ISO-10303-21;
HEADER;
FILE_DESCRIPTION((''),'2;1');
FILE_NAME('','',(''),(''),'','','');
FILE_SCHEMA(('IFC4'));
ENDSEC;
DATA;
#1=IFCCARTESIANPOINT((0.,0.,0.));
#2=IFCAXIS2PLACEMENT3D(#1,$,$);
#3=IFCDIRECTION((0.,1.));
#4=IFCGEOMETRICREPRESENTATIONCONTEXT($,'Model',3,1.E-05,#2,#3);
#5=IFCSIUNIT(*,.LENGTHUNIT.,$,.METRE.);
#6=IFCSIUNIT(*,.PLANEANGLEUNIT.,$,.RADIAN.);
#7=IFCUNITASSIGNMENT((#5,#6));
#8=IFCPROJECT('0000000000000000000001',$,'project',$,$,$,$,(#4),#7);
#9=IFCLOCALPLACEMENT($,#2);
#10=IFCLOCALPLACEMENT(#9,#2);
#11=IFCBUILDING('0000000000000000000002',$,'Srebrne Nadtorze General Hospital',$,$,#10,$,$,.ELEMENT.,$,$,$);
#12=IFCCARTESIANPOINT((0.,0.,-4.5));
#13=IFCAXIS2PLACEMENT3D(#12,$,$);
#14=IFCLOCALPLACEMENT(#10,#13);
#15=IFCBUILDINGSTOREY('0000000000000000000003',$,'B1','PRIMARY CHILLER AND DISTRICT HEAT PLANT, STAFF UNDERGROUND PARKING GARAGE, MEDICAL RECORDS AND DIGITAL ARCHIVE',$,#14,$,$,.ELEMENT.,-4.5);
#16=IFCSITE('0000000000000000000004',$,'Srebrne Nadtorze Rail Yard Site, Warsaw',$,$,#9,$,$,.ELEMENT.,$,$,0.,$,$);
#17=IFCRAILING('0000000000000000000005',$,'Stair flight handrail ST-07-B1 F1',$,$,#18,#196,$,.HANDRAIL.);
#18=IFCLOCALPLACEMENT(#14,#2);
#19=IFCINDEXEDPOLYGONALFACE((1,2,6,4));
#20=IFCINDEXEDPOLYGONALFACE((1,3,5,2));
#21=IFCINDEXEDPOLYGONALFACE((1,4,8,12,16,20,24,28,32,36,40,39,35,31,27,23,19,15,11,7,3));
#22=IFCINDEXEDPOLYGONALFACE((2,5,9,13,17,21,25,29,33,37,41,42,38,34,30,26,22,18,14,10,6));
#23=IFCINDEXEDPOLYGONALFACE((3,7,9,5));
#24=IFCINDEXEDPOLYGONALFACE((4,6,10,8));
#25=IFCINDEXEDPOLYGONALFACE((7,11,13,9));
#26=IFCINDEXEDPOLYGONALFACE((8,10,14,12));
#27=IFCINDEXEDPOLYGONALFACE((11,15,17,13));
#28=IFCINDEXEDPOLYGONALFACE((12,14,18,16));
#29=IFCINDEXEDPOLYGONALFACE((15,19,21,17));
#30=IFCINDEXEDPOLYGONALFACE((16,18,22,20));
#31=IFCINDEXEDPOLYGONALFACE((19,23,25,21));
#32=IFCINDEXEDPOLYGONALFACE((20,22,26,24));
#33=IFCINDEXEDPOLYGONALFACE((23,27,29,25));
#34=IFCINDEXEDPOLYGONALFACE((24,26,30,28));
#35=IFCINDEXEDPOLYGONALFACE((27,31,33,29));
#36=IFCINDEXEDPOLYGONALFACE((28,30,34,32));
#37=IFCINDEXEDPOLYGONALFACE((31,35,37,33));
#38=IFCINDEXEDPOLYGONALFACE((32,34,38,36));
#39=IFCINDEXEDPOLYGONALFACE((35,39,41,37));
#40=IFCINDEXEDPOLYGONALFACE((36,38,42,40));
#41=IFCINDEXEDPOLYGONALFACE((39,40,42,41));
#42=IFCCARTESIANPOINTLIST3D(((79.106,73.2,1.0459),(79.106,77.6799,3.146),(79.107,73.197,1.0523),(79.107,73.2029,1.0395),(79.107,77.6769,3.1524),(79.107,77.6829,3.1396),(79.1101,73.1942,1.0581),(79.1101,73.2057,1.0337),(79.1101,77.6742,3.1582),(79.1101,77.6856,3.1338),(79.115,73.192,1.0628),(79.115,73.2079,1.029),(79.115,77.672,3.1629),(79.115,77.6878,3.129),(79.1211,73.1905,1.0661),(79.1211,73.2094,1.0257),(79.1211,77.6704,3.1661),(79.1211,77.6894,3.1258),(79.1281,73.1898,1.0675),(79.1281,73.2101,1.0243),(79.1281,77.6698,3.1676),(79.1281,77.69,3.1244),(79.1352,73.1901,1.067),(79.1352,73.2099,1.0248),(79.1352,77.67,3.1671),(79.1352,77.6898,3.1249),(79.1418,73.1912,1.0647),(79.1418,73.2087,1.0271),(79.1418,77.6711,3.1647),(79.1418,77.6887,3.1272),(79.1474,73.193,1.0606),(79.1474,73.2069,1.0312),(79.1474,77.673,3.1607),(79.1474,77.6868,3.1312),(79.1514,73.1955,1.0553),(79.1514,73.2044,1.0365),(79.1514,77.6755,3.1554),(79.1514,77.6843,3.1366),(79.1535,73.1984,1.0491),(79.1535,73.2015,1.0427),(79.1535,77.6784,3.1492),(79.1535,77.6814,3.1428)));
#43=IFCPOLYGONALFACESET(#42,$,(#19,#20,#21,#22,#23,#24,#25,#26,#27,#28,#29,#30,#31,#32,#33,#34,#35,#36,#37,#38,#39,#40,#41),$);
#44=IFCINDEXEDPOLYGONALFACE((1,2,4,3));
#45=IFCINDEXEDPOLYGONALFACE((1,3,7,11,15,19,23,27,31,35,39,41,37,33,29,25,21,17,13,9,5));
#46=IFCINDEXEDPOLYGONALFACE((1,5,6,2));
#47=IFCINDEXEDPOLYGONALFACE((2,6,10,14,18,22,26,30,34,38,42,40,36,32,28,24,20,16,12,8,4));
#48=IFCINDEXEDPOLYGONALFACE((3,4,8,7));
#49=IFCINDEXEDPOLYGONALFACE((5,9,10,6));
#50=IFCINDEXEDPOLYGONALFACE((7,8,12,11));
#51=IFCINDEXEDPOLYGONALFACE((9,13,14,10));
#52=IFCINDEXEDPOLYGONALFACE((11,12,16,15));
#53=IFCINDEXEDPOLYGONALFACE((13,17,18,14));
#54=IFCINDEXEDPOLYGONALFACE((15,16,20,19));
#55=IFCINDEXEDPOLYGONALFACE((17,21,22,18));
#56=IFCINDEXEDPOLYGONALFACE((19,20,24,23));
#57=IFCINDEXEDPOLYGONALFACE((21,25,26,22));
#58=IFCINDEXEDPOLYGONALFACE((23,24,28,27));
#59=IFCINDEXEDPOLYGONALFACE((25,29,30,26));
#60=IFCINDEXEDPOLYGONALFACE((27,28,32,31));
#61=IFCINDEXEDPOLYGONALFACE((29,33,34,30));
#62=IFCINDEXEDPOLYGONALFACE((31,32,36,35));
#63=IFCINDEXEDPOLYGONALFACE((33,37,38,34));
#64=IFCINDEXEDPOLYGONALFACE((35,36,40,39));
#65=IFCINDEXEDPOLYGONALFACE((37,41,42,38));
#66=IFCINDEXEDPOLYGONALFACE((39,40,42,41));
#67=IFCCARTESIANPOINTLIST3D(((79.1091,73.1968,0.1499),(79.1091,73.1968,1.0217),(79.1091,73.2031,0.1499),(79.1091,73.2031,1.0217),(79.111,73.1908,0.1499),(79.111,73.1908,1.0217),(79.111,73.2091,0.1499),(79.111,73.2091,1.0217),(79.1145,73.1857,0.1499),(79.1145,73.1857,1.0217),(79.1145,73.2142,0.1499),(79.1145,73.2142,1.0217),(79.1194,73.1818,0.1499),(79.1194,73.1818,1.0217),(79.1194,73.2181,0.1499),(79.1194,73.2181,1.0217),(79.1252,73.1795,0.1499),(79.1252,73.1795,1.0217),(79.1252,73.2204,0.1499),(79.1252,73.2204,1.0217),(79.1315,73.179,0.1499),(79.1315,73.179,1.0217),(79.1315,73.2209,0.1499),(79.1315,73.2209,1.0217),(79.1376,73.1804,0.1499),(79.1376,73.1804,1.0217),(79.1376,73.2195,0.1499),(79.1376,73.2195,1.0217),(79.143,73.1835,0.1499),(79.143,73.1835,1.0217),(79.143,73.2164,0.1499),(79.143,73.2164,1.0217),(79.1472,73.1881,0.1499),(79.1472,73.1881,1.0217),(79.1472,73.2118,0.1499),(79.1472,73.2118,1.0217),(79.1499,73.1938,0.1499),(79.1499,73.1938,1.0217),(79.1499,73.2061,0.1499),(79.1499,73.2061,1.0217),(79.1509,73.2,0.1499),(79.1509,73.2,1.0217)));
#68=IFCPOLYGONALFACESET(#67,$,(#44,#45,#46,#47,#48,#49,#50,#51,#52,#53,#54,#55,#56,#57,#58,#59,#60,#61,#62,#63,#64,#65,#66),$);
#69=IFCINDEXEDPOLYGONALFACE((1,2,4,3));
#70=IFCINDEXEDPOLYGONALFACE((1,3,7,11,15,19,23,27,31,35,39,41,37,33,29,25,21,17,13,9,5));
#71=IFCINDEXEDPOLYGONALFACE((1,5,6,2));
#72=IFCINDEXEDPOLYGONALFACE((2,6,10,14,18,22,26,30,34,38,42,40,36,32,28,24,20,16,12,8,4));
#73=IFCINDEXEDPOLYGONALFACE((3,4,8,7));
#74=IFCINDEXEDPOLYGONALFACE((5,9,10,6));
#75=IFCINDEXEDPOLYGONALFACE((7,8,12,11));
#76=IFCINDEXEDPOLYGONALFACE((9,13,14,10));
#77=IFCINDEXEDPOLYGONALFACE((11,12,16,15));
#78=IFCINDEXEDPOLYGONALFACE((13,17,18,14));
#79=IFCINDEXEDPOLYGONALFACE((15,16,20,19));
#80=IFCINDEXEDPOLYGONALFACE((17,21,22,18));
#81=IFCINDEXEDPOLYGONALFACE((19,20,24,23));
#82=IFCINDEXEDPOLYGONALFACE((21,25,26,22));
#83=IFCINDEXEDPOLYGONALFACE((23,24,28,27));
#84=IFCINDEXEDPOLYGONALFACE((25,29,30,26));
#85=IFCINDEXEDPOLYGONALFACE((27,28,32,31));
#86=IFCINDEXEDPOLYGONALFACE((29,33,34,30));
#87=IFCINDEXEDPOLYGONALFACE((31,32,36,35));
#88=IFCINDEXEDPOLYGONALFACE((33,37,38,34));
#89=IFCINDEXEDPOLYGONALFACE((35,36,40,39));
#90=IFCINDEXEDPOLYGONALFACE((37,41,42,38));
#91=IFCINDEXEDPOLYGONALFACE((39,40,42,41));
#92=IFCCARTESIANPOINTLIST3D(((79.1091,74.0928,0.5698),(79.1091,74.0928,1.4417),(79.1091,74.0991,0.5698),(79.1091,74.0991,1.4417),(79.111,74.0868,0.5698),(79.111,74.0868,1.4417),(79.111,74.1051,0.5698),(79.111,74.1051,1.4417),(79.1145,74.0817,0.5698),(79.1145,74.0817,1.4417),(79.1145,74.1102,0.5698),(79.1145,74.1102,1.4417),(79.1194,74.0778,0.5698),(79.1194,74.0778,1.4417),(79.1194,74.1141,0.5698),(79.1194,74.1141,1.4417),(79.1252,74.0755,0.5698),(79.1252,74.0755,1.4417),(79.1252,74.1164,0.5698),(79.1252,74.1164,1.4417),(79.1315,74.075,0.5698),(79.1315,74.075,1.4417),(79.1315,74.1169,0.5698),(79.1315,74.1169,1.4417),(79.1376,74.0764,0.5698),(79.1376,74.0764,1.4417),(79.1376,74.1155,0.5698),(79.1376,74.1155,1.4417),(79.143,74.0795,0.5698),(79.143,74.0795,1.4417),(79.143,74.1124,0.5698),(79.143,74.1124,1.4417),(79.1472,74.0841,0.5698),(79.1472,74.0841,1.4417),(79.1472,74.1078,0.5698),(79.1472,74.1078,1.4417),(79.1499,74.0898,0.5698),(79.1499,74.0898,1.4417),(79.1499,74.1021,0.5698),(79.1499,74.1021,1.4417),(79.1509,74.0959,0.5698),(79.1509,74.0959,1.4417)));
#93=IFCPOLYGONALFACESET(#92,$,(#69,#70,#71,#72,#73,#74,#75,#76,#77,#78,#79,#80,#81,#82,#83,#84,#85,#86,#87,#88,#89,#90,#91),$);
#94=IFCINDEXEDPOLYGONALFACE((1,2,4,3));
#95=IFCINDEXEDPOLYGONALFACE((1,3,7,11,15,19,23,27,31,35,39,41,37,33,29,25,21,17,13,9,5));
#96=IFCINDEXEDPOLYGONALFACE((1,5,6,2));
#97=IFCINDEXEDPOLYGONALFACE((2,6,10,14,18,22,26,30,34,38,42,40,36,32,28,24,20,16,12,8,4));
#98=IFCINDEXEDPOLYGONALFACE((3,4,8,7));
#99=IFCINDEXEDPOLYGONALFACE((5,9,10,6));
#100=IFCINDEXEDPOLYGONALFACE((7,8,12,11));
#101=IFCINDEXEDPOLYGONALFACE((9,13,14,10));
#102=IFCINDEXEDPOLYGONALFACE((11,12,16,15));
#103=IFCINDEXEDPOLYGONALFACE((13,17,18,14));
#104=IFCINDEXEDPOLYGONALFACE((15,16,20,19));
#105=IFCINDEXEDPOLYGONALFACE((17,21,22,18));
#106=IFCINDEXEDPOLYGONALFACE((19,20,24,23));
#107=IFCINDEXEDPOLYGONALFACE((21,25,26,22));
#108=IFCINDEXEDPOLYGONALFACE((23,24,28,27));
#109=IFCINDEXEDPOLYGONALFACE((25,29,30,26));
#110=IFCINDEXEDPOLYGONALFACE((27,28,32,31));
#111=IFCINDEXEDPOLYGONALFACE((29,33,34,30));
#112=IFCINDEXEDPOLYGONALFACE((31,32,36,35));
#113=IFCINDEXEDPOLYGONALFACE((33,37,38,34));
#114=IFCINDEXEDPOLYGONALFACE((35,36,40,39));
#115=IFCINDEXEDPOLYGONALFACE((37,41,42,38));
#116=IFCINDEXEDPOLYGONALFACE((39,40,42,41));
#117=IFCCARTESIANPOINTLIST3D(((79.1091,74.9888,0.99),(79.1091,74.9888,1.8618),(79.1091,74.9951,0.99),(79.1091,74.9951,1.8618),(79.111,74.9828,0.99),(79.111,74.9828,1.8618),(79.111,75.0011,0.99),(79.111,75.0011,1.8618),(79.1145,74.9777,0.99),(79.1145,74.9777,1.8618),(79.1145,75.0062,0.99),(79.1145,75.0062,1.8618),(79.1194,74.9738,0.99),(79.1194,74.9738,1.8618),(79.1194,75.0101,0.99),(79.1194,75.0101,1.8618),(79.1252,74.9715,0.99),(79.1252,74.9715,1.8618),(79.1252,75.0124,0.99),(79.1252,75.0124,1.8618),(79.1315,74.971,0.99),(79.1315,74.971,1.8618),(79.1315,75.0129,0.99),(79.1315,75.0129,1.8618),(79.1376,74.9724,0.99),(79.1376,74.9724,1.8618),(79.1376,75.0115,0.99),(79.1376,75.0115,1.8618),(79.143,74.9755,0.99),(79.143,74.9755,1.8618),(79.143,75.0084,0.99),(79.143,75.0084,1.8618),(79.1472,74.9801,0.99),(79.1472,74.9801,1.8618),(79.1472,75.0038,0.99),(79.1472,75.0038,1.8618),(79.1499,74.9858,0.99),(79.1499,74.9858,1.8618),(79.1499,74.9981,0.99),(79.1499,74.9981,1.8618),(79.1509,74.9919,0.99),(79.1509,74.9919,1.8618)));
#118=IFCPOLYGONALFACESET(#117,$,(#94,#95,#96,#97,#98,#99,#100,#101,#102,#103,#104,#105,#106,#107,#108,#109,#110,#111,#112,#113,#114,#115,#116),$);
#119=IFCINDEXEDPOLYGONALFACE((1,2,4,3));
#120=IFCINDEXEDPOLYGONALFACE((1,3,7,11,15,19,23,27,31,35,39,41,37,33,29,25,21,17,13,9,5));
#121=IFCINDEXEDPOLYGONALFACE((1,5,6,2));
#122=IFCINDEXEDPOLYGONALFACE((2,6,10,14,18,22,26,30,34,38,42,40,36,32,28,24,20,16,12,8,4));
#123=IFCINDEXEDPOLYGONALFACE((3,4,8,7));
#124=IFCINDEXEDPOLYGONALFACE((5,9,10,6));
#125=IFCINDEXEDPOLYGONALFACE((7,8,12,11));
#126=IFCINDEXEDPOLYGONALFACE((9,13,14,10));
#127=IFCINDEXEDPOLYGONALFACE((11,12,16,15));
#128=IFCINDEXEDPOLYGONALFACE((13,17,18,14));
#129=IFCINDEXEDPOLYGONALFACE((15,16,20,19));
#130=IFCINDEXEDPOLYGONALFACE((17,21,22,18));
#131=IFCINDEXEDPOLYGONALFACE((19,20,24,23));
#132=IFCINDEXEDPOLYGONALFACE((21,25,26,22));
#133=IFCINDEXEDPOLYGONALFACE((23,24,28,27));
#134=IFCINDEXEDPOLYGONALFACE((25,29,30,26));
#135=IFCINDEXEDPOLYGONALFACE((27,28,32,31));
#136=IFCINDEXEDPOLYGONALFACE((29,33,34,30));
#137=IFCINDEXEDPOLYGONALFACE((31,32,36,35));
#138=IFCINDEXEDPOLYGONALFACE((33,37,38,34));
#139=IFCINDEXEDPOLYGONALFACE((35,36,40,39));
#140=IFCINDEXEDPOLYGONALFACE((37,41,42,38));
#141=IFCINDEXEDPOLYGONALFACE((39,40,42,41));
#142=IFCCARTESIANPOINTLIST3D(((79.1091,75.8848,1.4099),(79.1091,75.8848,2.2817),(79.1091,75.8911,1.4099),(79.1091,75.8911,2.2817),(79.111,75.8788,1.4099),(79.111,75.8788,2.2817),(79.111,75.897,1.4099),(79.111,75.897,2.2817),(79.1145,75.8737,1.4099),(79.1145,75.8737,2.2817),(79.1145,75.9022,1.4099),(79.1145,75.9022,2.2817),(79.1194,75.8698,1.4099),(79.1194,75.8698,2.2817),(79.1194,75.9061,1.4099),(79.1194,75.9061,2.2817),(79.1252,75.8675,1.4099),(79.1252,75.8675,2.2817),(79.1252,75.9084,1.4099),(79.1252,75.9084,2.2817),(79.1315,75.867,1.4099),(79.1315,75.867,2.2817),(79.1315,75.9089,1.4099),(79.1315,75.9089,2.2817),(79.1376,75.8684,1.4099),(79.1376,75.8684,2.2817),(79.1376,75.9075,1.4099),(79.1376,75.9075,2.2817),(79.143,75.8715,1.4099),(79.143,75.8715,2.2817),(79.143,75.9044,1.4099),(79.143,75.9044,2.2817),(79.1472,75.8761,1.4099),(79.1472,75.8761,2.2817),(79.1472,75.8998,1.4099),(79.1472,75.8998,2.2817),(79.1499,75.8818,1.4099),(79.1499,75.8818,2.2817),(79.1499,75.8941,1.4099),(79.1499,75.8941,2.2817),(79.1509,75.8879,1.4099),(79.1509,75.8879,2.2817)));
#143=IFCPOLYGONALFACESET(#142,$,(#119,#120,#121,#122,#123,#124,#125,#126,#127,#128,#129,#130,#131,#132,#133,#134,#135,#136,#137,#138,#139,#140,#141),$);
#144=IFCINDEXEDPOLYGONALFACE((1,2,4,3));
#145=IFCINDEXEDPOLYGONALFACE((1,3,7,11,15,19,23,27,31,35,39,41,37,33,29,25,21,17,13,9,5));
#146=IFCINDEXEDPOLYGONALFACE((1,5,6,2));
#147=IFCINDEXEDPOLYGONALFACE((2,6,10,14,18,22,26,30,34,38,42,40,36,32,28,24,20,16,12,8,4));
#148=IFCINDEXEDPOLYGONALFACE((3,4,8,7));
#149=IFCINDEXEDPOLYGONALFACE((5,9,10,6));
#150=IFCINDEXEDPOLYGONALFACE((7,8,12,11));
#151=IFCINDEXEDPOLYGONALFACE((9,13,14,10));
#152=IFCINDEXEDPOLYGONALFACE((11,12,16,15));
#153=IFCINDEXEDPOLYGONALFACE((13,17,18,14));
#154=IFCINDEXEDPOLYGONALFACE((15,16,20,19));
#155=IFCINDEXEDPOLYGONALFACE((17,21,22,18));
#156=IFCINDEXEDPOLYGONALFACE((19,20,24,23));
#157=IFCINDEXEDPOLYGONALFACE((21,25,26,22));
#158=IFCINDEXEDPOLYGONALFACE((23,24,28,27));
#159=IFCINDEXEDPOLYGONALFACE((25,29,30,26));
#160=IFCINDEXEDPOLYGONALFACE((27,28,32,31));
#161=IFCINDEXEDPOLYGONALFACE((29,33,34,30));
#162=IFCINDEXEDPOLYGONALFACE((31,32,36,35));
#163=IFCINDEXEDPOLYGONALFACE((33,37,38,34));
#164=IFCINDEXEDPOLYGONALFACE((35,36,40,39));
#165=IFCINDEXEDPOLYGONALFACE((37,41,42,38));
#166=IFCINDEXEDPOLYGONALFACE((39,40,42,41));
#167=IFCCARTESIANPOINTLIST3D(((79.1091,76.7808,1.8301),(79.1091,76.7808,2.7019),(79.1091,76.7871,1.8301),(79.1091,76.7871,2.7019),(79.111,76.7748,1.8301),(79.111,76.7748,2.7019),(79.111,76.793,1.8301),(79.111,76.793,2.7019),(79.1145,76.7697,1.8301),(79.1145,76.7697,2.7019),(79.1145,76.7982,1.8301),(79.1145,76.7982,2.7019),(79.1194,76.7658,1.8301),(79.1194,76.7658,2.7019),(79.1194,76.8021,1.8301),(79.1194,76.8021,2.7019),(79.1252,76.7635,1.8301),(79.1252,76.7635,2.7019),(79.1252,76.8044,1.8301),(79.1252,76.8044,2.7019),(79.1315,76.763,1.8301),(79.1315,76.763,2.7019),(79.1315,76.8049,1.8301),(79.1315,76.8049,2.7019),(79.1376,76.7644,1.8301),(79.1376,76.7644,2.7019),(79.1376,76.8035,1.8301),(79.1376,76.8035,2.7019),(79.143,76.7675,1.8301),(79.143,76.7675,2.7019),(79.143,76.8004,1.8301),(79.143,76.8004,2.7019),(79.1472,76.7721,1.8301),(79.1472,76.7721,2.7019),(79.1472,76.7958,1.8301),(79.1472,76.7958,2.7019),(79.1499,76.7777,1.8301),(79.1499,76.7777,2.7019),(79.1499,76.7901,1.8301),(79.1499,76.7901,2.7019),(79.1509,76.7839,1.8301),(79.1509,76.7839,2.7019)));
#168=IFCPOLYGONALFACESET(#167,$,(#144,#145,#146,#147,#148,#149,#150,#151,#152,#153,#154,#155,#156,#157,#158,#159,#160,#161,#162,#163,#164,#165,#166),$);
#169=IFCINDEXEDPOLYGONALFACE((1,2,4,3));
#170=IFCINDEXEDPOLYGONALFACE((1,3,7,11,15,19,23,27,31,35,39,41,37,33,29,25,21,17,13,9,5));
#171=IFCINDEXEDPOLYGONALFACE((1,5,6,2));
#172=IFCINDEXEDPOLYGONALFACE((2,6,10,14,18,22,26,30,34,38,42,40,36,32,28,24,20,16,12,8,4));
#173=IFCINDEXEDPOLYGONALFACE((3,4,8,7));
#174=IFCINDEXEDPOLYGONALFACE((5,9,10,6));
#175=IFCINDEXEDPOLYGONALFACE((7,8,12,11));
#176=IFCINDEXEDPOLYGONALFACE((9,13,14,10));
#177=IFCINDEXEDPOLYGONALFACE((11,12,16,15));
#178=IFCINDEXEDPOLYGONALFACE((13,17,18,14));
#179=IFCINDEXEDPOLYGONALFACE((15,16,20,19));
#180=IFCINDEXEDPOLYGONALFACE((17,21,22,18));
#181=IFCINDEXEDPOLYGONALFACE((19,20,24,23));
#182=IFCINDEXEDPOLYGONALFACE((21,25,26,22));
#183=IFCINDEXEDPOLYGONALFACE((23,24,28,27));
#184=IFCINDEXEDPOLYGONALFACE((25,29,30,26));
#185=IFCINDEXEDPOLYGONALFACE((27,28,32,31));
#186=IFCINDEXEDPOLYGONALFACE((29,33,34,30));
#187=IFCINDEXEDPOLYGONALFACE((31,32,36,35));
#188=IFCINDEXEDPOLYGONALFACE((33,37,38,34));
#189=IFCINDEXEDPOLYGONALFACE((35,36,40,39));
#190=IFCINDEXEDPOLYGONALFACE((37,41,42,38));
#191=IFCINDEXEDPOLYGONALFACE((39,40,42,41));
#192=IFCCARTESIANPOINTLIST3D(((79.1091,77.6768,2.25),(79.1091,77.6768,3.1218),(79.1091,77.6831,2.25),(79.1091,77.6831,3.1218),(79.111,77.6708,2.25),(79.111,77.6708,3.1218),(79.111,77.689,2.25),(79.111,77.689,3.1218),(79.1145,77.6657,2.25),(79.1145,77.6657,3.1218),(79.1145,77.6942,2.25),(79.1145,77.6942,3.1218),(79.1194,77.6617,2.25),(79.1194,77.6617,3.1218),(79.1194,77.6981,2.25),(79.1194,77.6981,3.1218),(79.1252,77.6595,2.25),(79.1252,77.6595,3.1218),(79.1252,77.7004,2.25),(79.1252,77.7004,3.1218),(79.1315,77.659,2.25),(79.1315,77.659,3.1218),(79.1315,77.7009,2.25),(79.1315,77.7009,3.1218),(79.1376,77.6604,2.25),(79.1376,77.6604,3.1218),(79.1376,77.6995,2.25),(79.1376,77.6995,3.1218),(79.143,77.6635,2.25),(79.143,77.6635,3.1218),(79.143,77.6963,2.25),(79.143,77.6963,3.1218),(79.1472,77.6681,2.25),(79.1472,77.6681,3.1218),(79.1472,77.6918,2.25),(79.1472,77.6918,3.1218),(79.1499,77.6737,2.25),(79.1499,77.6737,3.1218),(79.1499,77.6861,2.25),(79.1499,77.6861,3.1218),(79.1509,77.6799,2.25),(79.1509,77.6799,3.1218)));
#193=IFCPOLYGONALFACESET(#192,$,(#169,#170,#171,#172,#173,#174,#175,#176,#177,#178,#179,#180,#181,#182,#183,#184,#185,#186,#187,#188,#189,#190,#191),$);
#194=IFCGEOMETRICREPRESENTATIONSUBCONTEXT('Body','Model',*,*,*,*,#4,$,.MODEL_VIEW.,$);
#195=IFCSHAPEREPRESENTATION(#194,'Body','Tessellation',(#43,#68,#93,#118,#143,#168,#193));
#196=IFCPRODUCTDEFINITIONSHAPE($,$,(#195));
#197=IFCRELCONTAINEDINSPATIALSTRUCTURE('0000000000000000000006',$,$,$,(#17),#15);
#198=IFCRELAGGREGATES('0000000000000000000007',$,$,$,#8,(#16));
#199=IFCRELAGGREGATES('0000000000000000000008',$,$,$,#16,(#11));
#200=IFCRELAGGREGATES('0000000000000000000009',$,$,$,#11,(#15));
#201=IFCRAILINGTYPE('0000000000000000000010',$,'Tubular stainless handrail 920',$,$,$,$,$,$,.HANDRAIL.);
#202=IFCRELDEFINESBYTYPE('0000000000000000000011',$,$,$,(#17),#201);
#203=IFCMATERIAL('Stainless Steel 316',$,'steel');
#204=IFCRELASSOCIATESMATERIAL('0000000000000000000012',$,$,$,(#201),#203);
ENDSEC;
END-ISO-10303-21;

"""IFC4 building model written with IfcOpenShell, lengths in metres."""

from ifc_helpers import new_model, si_unit, direction, frame, origin, origin_2d, place, context, subcontext, project, spatial, circle, extrude, material, type_object, element, save


model = new_model("IFC4")

# Units and contexts
model_context = context("Model", 3, precision=1e-05, world=origin(), true_north=direction((0.0, 1.0)))
body_context = subcontext(model_context, "Body", "Model", "MODEL_VIEW")
ifc_project = project(units=[si_unit("LENGTHUNIT", "METRE"), si_unit("PLANEANGLEUNIT", "RADIAN")], contexts=[model_context])

# Site, building, storey
site_placement = place(None, origin())
site = spatial("IfcSite", under=ifc_project, at=site_placement, Name="Srebrne Nadtorze Rail Yard Site, Warsaw", CompositionType="ELEMENT", RefElevation=0.0)
building_placement = place(site_placement, origin())
building = spatial("IfcBuilding", under=site, at=building_placement, Name="Srebrne Nadtorze General Hospital", CompositionType="ELEMENT")
storey_placement = place(building_placement, frame((0.0, 0.0, -4.5)))
storey = spatial("IfcBuildingStorey", under=building, at=storey_placement, Name="B1", Description="PRIMARY CHILLER AND DISTRICT HEAT PLANT, STAFF UNDERGROUND PARKING GARAGE, MEDICAL RECORDS AND DIGITAL ARCHIVE", CompositionType="ELEMENT", Elevation=-4.5)

# Railing
ifc_material_1 = material(Name="Stainless Steel 316", Category="steel")
railing_type_1 = type_object("IfcRailingType", Name="Tubular stainless handrail 920", PredefinedType="HANDRAIL", material=ifc_material_1)
railing_1_placement = place(storey_placement, frame((79.1299, 73.2, 0.1499)))
element("IfcRailing", 1, at=railing_1_placement, inside=storey, type_object=railing_type_1, Name="Stair flight handrail ST-07-B1 F1", PredefinedType="HANDRAIL", context=body_context, shape_type="SweptSolid", body=[
    extrude(circle(Radius=0.0239, at=origin_2d()), frame((0.0, 0.0, 0.896), z_axis=(0.0, 0.905451, 0.424452), x_axis=(-1.0, 0.0, 0.0)), (0.0, 0.0, 1.0), 4.9478),
    extrude(circle(Radius=0.021, at=origin_2d()), origin(), (0.0, 0.0, 1.0), 0.8718),
    extrude(circle(Radius=0.021, at=origin_2d()), frame((0.0, 0.896, 0.4199)), (0.0, 0.0, 1.0), 0.8718),
    extrude(circle(Radius=0.021, at=origin_2d()), frame((0.0, 1.792, 0.8401)), (0.0, 0.0, 1.0), 0.8718),
    extrude(circle(Radius=0.021, at=origin_2d()), frame((0.0, 2.688, 1.26)), (0.0, 0.0, 1.0), 0.8718),
    extrude(circle(Radius=0.021, at=origin_2d()), frame((0.0, 3.584, 1.6802)), (0.0, 0.0, 1.0), 0.8718),
    extrude(circle(Radius=0.021, at=origin_2d()), frame((0.0, 4.48, 2.1001)), (0.0, 0.0, 1.0), 0.8718),
])

save(model, "model.ifc")
